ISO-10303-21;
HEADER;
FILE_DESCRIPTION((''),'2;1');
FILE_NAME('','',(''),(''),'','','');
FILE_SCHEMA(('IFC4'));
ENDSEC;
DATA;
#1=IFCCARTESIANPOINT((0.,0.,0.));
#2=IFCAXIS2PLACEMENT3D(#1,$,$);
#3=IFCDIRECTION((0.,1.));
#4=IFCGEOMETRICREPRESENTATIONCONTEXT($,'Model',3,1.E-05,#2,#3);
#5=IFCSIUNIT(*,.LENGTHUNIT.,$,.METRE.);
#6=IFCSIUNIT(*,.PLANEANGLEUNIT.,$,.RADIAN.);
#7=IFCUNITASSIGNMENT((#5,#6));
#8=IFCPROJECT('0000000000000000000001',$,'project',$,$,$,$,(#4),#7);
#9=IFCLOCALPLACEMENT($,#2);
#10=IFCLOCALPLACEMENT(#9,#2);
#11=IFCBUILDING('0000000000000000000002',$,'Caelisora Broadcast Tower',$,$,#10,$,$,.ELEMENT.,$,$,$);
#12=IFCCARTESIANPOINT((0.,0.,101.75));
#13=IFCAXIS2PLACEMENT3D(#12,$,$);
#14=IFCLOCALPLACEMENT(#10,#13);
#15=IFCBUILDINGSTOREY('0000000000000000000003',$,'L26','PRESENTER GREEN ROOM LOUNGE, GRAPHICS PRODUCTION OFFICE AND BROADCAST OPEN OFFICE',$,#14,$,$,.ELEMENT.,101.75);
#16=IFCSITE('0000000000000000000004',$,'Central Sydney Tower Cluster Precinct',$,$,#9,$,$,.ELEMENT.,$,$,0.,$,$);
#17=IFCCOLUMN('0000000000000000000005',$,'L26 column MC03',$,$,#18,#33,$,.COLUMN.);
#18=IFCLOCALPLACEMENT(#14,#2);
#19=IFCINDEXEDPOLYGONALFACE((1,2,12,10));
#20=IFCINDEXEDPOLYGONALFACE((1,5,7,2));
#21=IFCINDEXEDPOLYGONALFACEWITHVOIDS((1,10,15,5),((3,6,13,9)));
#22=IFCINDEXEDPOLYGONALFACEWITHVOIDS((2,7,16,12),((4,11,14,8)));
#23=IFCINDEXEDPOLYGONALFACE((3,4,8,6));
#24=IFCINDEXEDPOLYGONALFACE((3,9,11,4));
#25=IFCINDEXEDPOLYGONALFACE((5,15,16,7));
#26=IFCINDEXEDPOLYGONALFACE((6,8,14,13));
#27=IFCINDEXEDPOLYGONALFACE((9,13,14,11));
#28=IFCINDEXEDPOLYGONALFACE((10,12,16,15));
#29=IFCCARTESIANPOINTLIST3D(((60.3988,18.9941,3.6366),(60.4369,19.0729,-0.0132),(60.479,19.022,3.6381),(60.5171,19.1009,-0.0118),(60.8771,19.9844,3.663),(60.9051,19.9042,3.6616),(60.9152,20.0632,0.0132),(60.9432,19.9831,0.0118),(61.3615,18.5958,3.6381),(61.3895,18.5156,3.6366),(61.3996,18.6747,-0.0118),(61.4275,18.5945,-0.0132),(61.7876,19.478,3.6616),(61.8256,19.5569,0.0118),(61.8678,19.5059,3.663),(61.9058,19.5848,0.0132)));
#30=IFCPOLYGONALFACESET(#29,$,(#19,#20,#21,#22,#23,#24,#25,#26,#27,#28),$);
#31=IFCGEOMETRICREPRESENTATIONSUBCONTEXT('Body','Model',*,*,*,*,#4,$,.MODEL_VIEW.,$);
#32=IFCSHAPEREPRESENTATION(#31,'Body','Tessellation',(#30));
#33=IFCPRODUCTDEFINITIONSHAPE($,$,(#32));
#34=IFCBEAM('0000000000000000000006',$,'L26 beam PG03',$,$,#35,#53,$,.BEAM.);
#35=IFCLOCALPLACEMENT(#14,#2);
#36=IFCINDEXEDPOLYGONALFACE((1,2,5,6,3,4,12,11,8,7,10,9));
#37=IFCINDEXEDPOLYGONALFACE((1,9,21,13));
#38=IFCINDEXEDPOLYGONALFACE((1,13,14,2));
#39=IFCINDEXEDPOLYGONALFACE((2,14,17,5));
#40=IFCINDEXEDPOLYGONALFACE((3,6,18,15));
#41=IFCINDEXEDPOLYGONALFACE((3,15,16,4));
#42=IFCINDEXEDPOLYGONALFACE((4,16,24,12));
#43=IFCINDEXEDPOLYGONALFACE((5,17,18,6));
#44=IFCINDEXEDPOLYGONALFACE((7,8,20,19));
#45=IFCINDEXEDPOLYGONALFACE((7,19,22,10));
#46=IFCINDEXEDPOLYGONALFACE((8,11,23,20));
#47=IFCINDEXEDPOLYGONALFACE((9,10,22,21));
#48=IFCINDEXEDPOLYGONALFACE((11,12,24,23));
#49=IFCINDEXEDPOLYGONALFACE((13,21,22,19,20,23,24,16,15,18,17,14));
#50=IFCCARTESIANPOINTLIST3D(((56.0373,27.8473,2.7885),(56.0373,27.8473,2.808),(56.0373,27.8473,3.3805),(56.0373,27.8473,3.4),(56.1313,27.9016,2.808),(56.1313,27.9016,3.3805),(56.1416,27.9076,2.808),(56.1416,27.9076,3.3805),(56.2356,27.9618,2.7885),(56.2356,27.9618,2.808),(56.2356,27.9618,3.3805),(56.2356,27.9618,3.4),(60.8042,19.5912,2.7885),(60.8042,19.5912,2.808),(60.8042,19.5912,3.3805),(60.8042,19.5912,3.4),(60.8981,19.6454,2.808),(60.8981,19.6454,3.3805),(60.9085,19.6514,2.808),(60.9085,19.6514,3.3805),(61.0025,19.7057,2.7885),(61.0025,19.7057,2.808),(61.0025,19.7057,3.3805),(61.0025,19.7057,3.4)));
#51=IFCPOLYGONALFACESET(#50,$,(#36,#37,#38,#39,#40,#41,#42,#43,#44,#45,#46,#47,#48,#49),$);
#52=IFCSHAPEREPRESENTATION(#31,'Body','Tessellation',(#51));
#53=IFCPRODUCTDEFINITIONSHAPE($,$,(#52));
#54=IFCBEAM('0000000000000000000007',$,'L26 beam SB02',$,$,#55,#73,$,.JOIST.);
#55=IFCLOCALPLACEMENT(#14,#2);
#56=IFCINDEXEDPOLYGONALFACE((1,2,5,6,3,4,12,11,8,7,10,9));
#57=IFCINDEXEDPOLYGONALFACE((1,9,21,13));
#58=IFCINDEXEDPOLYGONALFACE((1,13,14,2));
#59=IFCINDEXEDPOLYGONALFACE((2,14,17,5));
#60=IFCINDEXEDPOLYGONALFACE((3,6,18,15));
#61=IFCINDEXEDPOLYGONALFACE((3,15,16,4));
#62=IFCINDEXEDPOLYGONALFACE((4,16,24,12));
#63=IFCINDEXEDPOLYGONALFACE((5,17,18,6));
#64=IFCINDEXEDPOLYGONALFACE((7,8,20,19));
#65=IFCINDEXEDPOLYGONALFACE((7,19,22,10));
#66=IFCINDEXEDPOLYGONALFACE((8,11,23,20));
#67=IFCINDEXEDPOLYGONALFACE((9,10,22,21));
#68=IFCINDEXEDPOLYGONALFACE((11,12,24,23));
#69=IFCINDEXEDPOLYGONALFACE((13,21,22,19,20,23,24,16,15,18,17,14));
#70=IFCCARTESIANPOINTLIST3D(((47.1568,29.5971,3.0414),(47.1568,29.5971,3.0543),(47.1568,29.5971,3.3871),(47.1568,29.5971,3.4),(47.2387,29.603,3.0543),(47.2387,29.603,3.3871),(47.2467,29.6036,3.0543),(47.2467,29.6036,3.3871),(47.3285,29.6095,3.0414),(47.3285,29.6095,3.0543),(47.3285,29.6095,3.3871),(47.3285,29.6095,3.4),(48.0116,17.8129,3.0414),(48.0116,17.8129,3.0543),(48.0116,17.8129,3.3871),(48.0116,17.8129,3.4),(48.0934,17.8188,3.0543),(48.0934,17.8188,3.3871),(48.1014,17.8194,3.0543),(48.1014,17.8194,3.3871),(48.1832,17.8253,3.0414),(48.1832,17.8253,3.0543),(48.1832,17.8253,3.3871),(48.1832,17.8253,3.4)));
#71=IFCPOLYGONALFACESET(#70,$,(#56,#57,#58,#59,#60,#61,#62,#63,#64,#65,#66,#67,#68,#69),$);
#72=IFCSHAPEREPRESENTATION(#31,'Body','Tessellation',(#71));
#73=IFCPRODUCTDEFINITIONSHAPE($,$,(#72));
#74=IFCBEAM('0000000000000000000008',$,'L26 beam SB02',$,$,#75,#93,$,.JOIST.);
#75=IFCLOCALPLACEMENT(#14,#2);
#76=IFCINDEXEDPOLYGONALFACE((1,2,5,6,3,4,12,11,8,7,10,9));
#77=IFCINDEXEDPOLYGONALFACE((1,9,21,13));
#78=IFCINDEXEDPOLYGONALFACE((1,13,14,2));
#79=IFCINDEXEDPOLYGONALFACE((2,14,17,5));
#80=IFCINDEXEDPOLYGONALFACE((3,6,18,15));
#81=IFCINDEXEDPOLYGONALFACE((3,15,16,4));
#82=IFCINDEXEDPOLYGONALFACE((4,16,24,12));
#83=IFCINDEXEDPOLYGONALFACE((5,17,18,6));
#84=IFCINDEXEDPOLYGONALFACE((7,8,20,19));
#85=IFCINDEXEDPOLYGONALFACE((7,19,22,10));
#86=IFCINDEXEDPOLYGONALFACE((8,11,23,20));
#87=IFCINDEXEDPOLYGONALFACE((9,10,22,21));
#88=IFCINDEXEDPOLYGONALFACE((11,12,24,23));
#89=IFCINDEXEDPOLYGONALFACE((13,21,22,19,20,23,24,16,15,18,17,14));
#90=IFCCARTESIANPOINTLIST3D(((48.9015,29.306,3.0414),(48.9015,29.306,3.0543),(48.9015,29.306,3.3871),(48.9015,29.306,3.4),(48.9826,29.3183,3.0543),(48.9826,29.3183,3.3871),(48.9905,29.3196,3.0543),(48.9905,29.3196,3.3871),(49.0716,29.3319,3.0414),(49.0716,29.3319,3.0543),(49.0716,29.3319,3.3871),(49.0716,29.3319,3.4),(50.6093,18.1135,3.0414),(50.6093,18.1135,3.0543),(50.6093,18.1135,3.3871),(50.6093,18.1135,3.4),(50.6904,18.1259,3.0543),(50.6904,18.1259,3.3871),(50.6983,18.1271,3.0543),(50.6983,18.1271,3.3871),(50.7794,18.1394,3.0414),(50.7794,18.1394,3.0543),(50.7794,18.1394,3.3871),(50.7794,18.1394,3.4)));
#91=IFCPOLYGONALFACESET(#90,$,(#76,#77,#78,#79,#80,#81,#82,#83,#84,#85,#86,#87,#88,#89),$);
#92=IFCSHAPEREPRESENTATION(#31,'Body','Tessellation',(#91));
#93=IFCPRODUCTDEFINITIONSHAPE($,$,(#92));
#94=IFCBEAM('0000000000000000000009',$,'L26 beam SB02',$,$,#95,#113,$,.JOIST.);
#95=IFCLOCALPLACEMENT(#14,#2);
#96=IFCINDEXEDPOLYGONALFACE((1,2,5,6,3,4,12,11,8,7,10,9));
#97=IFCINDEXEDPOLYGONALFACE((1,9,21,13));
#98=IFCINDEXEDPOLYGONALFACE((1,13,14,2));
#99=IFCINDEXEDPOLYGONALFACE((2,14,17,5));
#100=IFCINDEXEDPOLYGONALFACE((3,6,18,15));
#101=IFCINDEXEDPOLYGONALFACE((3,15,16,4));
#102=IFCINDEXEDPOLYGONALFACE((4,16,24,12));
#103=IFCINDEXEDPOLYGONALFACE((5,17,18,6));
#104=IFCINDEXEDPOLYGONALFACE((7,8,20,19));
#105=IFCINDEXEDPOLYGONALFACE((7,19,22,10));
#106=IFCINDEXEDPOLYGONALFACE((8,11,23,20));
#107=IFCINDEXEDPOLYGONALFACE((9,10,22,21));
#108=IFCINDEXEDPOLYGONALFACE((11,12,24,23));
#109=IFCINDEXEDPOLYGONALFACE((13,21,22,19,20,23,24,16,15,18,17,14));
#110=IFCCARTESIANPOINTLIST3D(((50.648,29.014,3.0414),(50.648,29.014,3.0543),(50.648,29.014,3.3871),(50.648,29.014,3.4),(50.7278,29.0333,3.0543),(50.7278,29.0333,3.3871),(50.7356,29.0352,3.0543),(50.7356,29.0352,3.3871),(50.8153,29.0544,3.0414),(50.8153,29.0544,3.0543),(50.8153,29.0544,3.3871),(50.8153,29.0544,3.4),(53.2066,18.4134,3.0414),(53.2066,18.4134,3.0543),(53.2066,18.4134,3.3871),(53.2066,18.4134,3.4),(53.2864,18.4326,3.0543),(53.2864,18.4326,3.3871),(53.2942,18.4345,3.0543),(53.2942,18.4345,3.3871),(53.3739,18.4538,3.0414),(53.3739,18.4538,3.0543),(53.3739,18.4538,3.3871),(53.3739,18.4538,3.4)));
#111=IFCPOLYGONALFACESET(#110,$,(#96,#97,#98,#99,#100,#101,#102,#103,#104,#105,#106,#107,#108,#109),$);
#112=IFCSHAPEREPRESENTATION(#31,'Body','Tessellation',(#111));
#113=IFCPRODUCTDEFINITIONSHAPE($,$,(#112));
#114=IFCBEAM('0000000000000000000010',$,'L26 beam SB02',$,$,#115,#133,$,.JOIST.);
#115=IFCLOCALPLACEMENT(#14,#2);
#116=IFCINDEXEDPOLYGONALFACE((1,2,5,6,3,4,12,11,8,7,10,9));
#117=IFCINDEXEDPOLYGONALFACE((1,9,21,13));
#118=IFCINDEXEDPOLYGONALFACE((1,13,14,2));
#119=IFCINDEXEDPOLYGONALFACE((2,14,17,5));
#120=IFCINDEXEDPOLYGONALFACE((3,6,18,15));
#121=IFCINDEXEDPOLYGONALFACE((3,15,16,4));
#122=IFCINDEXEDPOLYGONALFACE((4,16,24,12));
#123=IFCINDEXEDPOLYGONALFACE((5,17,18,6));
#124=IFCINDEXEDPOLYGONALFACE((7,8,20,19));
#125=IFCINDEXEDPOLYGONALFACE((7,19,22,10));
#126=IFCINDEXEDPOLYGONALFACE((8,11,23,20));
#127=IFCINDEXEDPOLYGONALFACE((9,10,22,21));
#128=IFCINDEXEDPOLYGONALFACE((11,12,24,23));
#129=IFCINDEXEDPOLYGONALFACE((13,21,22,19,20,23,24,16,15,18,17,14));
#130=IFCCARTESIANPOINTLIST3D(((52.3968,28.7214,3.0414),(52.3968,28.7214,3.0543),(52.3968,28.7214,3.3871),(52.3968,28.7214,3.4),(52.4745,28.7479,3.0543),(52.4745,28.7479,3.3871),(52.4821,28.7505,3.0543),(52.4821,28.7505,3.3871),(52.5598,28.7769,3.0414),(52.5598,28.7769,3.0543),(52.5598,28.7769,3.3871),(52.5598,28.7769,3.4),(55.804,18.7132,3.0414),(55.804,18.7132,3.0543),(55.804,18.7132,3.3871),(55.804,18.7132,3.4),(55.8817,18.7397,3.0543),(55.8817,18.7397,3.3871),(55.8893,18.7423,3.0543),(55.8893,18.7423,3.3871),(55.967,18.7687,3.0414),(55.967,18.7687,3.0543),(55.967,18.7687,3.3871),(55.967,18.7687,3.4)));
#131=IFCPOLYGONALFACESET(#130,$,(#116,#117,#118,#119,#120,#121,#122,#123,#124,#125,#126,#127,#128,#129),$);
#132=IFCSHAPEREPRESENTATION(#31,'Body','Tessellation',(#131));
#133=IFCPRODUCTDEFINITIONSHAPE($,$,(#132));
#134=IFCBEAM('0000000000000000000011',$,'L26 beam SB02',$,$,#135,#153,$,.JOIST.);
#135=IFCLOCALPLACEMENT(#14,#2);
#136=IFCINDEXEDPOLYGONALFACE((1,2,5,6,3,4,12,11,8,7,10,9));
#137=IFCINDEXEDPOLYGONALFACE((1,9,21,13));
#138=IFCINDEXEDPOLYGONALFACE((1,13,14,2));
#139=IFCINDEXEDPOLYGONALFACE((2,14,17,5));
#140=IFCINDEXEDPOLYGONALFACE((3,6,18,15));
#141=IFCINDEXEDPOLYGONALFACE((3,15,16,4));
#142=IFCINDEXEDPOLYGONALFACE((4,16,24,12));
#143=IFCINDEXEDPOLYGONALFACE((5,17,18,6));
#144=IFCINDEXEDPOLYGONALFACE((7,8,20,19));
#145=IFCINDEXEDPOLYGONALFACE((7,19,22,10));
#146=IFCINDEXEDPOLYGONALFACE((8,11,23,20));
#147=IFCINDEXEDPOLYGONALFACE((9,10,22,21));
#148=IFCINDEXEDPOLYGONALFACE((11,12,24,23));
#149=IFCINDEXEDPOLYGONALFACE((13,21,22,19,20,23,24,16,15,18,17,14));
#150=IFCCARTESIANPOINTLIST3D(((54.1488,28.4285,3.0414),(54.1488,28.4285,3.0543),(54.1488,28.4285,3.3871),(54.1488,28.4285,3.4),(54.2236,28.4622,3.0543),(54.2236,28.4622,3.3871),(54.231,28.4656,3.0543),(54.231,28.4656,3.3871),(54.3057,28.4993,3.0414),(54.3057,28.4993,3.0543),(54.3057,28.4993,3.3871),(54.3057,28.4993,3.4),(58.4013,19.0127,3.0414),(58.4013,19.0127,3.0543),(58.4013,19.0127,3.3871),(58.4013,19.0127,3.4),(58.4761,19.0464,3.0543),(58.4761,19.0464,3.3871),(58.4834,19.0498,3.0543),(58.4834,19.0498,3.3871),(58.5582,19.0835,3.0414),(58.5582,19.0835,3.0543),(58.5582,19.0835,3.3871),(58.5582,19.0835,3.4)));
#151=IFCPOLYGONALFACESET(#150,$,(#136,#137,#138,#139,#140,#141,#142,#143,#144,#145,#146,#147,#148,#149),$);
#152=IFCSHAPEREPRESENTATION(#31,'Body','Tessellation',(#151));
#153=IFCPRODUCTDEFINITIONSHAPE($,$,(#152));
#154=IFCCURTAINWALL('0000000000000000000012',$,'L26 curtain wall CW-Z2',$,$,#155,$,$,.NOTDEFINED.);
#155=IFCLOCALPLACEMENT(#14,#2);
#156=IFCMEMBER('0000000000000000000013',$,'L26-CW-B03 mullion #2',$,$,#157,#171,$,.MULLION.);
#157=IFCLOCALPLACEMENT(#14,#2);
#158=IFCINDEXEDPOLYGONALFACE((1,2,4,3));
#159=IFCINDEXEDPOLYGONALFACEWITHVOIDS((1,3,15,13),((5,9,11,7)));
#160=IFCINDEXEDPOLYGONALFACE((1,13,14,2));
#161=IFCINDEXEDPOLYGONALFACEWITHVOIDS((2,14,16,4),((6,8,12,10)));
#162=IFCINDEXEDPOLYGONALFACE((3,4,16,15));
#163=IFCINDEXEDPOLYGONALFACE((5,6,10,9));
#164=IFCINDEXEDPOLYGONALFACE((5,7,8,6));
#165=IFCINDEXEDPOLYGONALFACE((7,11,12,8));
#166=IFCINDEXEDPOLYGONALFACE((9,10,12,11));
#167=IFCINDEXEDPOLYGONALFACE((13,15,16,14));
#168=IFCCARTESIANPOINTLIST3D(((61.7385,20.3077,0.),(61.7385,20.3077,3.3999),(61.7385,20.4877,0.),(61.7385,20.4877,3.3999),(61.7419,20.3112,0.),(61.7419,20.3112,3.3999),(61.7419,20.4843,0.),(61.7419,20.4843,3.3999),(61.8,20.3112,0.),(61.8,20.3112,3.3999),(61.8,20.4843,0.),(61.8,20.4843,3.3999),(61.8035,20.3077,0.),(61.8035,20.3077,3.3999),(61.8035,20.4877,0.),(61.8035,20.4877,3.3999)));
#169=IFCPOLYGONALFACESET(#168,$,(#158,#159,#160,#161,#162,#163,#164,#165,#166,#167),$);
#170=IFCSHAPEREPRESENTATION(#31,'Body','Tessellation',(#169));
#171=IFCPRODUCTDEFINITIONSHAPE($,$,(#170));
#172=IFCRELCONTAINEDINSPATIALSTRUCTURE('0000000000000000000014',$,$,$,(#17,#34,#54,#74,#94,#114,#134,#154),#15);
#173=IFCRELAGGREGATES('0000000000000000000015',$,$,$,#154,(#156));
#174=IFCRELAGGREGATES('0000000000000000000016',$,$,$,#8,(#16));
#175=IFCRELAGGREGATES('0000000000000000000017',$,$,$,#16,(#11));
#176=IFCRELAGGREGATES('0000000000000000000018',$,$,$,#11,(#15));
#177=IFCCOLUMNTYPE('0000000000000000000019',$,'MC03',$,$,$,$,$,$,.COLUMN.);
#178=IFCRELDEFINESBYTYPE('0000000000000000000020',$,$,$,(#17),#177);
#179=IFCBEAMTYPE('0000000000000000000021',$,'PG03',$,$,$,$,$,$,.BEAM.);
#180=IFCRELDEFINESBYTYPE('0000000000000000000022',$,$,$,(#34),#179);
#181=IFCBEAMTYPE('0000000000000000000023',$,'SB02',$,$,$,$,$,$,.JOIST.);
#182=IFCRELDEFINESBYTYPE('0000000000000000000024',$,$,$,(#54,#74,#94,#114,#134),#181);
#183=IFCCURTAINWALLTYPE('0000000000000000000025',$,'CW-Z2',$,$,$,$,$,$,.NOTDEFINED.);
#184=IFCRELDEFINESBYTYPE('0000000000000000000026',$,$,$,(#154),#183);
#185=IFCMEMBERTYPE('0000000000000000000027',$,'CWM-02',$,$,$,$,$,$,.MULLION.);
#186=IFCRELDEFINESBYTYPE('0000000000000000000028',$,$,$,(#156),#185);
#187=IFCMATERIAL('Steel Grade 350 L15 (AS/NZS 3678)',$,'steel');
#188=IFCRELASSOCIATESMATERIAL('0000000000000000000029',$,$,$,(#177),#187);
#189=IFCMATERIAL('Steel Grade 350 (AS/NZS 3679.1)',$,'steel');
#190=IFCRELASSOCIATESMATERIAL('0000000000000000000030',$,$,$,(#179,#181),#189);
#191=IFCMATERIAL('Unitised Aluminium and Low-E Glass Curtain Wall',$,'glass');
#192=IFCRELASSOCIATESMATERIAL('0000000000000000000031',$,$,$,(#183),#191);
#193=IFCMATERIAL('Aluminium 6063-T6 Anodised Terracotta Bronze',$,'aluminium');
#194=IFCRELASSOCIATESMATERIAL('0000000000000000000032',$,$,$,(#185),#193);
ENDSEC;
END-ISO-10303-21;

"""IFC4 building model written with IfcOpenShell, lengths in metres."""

from ifc_helpers import new_model, si_unit, direction, frame, origin, origin_2d, place, context, subcontext, project, spatial, hollow_rectangle, i_section, extrude, source, transform, mapped, material, material_profile, profile_set, type_object, type_shapes, element, aggregate, save


model = new_model("IFC4")

# Units and contexts
model_context = context("Model", 3, precision=1e-05, world=origin(), true_north=direction((0.0, 1.0)))
body_context = subcontext(model_context, "Body", "Model", "MODEL_VIEW")
ifc_project = project(units=[si_unit("LENGTHUNIT", "METRE"), si_unit("PLANEANGLEUNIT", "RADIAN")], contexts=[model_context])

# Site, building, storey
site_placement = place(None, origin())
site = spatial("IfcSite", under=ifc_project, at=site_placement, Name="Central Sydney Tower Cluster Precinct", CompositionType="ELEMENT", RefElevation=0.0)
building_placement = place(site_placement, origin())
building = spatial("IfcBuilding", under=site, at=building_placement, Name="Caelisora Broadcast Tower", CompositionType="ELEMENT")
storey_placement = place(building_placement, frame((0.0, 0.0, 101.75)))
storey = spatial("IfcBuildingStorey", under=building, at=storey_placement, Name="L26", Description="PRESENTER GREEN ROOM LOUNGE, GRAPHICS PRODUCTION OFFICE AND BROADCAST OPEN OFFICE", CompositionType="ELEMENT", Elevation=101.75)

# Column
ifc_material_1 = material(Name="Steel Grade 350 L15 (AS/NZS 3678)", Category="steel")
ifc_material_profile_1 = material_profile(ifc_material_1, hollow_rectangle(XDim=1.1001, YDim=1.1001, WallThickness=0.0601, at=origin_2d()), Name="Steel Grade 350 L15 (AS/NZS 3678)")
ifc_profile_set_1 = profile_set([ifc_material_profile_1], Name="Steel Grade 350 L15 (AS/NZS 3678)")
column_type = type_object("IfcColumnType", Name="MC03", PredefinedType="COLUMN", material=ifc_profile_set_1)
shared_shape_1 = source(origin(), body_context, "Body", "SweptSolid", [
    extrude(hollow_rectangle(XDim=1.1001, YDim=1.1001, WallThickness=0.0601, at=origin_2d()), origin(), (0.0, 0.0, 1.0), 3.6509),
])
type_shapes(column_type, [shared_shape_1])
column_placement = place(storey_placement, frame((61.1714, 19.3289, 0.0), z_axis=(-0.010432, -0.021599, 0.999712), x_axis=(0.900476, -0.434905, 0.0)))
element("IfcColumn", 1, at=column_placement, inside=storey, type_object=column_type, Name="L26 column MC03", PredefinedType="COLUMN", context=body_context, shape_type="MappedRepresentation", body=[
    mapped(shared_shape_1, transform((0.0, 0.0, 0.0), scale=1.0)),
])

# Beams
ifc_material_2 = material(Name="Steel Grade 350 (AS/NZS 3679.1)", Category="steel")
ifc_material_profile_2 = material_profile(ifc_material_2, i_section(OverallWidth=0.229, OverallDepth=0.6116, WebThickness=0.012, FlangeThickness=0.0195, at=origin_2d()), Name="Steel Grade 350 (AS/NZS 3679.1)")
ifc_profile_set_2 = profile_set([ifc_material_profile_2], Name="Steel Grade 350 (AS/NZS 3679.1)")
beam_type_1 = type_object("IfcBeamType", Name="PG03", PredefinedType="BEAM", material=ifc_profile_set_2)
shared_shape_2 = source(origin(), body_context, "Body", "SweptSolid", [
    extrude(i_section(OverallWidth=0.229, OverallDepth=0.6116, WebThickness=0.012, FlangeThickness=0.0195, at=origin_2d()), origin(), (0.0, 0.0, 1.0), 9.5334),
])
type_shapes(beam_type_1, [shared_shape_2])
beam_1_placement = place(storey_placement, frame((60.9033, 19.6484, 3.0942), z_axis=(-0.500014, 0.866017, 0.0), x_axis=(-0.866017, -0.500014, 0.0)))
element("IfcBeam", 2, at=beam_1_placement, inside=storey, type_object=beam_type_1, Name="L26 beam PG03", PredefinedType="BEAM", context=body_context, shape_type="MappedRepresentation", body=[
    mapped(shared_shape_2, transform((0.0, 0.0, 0.0), scale=1.0)),
])
ifc_material_profile_3 = material_profile(ifc_material_2, i_section(OverallWidth=0.1721, OverallDepth=0.3586, WebThickness=0.0081, FlangeThickness=0.0129, at=origin_2d()), Name="Steel Grade 350 (AS/NZS 3679.1)")
ifc_profile_set_3 = profile_set([ifc_material_profile_3], Name="Steel Grade 350 (AS/NZS 3679.1)")
beam_type_2 = type_object("IfcBeamType", Name="SB02", PredefinedType="JOIST", material=ifc_profile_set_3)
shared_shape_3 = source(origin(), body_context, "Body", "SweptSolid", [
    extrude(i_section(OverallWidth=0.1721, OverallDepth=0.3586, WebThickness=0.0081, FlangeThickness=0.0129, at=origin_2d()), origin(), (0.0, 0.0, 1.0), 11.8152),
])
beam_2_placement = place(storey_placement, frame((48.0974, 17.8191, 3.2207), z_axis=(-0.072342, 0.99738, 0.0), x_axis=(-0.99738, -0.072342, 0.0)))
element("IfcBeam", 3, at=beam_2_placement, inside=storey, type_object=beam_type_2, Name="L26 beam SB02", PredefinedType="JOIST", context=body_context, shape_type="MappedRepresentation", body=[
    mapped(shared_shape_3, transform((0.0, 0.0, 0.0), scale=1.0)),
])
shared_shape_4 = source(origin(), body_context, "Body", "SweptSolid", [
    extrude(i_section(OverallWidth=0.1721, OverallDepth=0.3586, WebThickness=0.0081, FlangeThickness=0.0129, at=origin_2d()), origin(), (0.0, 0.0, 1.0), 11.322),
])
beam_3_placement = place(storey_placement, frame((50.6943, 18.1265, 3.2207), z_axis=(-0.150837, 0.988559, 0.0), x_axis=(-0.988559, -0.150837, 0.0)))
element("IfcBeam", 4, at=beam_3_placement, inside=storey, type_object=beam_type_2, Name="L26 beam SB02", PredefinedType="JOIST", context=body_context, shape_type="MappedRepresentation", body=[
    mapped(shared_shape_4, transform((0.0, 0.0, 0.0), scale=1.0)),
])
shared_shape_5 = source(origin(), body_context, "Body", "SweptSolid", [
    extrude(i_section(OverallWidth=0.1721, OverallDepth=0.3586, WebThickness=0.0081, FlangeThickness=0.0129, at=origin_2d()), origin(), (0.0, 0.0, 1.0), 10.905),
])
beam_4_placement = place(storey_placement, frame((53.2903, 18.4336, 3.2207), z_axis=(-0.234626, 0.972086, 0.0), x_axis=(-0.972086, -0.234626, 0.0)))
element("IfcBeam", 5, at=beam_4_placement, inside=storey, type_object=beam_type_2, Name="L26 beam SB02", PredefinedType="JOIST", context=body_context, shape_type="MappedRepresentation", body=[
    mapped(shared_shape_5, transform((0.0, 0.0, 0.0), scale=1.0)),
])
shared_shape_6 = source(origin(), body_context, "Body", "SweptSolid", [
    extrude(i_section(OverallWidth=0.1721, OverallDepth=0.3586, WebThickness=0.0081, FlangeThickness=0.0129, at=origin_2d()), origin(), (0.0, 0.0, 1.0), 10.5723),
])
beam_5_placement = place(storey_placement, frame((55.8855, 18.741, 3.2207), z_axis=(-0.322276, 0.946646, 0.0), x_axis=(-0.946646, -0.322276, 0.0)))
element("IfcBeam", 6, at=beam_5_placement, inside=storey, type_object=beam_type_2, Name="L26 beam SB02", PredefinedType="JOIST", context=body_context, shape_type="MappedRepresentation", body=[
    mapped(shared_shape_6, transform((0.0, 0.0, 0.0), scale=1.0)),
])
shared_shape_7 = source(origin(), body_context, "Body", "SweptSolid", [
    extrude(i_section(OverallWidth=0.1721, OverallDepth=0.3586, WebThickness=0.0081, FlangeThickness=0.0129, at=origin_2d()), origin(), (0.0, 0.0, 1.0), 10.3315),
])
type_shapes(beam_type_2, [shared_shape_3, shared_shape_4, shared_shape_5, shared_shape_6, shared_shape_7])
beam_6_placement = place(storey_placement, frame((58.4797, 19.0481, 3.2207), z_axis=(-0.411599, 0.911365, 0.0), x_axis=(-0.911365, -0.411599, 0.0)))
element("IfcBeam", 7, at=beam_6_placement, inside=storey, type_object=beam_type_2, Name="L26 beam SB02", PredefinedType="JOIST", context=body_context, shape_type="MappedRepresentation", body=[
    mapped(shared_shape_7, transform((0.0, 0.0, 0.0), scale=1.0)),
])

# Curtain wall, member
ifc_material_3 = material(Name="Unitised Aluminium and Low-E Glass Curtain Wall", Category="glass")
curtain_wall_type = type_object("IfcCurtainWallType", Name="CW-Z2", PredefinedType="NOTDEFINED", material=ifc_material_3)
curtain_wall_placement = place(storey_placement, origin())
curtain_wall = element("IfcCurtainWall", 8, at=curtain_wall_placement, inside=storey, type_object=curtain_wall_type, Name="L26 curtain wall CW-Z2", PredefinedType="NOTDEFINED")
ifc_material_4 = material(Name="Aluminium 6063-T6 Anodised Terracotta Bronze", Category="aluminium")
ifc_material_profile_4 = material_profile(ifc_material_4, hollow_rectangle(XDim=0.0649, YDim=0.1799, WallThickness=0.0034, at=origin_2d()), Name="Aluminium 6063-T6 Anodised Terracotta Bronze")
ifc_profile_set_4 = profile_set([ifc_material_profile_4], Name="Aluminium 6063-T6 Anodised Terracotta Bronze")
member_type = type_object("IfcMemberType", Name="CWM-02", PredefinedType="MULLION", material=ifc_profile_set_4)
shared_shape_8 = source(origin(), body_context, "Body", "SweptSolid", [
    extrude(hollow_rectangle(XDim=0.0649, YDim=0.1799, WallThickness=0.0034, at=origin_2d()), origin(), (0.0, 0.0, 1.0), 3.3999),
])
type_shapes(member_type, [shared_shape_8])
member_1_placement = place(storey_placement, frame((61.771, 20.3977, 0.0), z_axis=(0.0, 0.0, 1.0), x_axis=(1.0, 0.0, 0.0)))
member_1 = element("IfcMember", 9, at=member_1_placement, type_object=member_type, Name="L26-CW-B03 mullion #2", PredefinedType="MULLION", context=body_context, shape_type="MappedRepresentation", body=[
    mapped(shared_shape_8, transform((0.0, 0.0, 0.0), scale=1.0)),
])
aggregate(curtain_wall, [member_1])

save(model, "model.ifc")
